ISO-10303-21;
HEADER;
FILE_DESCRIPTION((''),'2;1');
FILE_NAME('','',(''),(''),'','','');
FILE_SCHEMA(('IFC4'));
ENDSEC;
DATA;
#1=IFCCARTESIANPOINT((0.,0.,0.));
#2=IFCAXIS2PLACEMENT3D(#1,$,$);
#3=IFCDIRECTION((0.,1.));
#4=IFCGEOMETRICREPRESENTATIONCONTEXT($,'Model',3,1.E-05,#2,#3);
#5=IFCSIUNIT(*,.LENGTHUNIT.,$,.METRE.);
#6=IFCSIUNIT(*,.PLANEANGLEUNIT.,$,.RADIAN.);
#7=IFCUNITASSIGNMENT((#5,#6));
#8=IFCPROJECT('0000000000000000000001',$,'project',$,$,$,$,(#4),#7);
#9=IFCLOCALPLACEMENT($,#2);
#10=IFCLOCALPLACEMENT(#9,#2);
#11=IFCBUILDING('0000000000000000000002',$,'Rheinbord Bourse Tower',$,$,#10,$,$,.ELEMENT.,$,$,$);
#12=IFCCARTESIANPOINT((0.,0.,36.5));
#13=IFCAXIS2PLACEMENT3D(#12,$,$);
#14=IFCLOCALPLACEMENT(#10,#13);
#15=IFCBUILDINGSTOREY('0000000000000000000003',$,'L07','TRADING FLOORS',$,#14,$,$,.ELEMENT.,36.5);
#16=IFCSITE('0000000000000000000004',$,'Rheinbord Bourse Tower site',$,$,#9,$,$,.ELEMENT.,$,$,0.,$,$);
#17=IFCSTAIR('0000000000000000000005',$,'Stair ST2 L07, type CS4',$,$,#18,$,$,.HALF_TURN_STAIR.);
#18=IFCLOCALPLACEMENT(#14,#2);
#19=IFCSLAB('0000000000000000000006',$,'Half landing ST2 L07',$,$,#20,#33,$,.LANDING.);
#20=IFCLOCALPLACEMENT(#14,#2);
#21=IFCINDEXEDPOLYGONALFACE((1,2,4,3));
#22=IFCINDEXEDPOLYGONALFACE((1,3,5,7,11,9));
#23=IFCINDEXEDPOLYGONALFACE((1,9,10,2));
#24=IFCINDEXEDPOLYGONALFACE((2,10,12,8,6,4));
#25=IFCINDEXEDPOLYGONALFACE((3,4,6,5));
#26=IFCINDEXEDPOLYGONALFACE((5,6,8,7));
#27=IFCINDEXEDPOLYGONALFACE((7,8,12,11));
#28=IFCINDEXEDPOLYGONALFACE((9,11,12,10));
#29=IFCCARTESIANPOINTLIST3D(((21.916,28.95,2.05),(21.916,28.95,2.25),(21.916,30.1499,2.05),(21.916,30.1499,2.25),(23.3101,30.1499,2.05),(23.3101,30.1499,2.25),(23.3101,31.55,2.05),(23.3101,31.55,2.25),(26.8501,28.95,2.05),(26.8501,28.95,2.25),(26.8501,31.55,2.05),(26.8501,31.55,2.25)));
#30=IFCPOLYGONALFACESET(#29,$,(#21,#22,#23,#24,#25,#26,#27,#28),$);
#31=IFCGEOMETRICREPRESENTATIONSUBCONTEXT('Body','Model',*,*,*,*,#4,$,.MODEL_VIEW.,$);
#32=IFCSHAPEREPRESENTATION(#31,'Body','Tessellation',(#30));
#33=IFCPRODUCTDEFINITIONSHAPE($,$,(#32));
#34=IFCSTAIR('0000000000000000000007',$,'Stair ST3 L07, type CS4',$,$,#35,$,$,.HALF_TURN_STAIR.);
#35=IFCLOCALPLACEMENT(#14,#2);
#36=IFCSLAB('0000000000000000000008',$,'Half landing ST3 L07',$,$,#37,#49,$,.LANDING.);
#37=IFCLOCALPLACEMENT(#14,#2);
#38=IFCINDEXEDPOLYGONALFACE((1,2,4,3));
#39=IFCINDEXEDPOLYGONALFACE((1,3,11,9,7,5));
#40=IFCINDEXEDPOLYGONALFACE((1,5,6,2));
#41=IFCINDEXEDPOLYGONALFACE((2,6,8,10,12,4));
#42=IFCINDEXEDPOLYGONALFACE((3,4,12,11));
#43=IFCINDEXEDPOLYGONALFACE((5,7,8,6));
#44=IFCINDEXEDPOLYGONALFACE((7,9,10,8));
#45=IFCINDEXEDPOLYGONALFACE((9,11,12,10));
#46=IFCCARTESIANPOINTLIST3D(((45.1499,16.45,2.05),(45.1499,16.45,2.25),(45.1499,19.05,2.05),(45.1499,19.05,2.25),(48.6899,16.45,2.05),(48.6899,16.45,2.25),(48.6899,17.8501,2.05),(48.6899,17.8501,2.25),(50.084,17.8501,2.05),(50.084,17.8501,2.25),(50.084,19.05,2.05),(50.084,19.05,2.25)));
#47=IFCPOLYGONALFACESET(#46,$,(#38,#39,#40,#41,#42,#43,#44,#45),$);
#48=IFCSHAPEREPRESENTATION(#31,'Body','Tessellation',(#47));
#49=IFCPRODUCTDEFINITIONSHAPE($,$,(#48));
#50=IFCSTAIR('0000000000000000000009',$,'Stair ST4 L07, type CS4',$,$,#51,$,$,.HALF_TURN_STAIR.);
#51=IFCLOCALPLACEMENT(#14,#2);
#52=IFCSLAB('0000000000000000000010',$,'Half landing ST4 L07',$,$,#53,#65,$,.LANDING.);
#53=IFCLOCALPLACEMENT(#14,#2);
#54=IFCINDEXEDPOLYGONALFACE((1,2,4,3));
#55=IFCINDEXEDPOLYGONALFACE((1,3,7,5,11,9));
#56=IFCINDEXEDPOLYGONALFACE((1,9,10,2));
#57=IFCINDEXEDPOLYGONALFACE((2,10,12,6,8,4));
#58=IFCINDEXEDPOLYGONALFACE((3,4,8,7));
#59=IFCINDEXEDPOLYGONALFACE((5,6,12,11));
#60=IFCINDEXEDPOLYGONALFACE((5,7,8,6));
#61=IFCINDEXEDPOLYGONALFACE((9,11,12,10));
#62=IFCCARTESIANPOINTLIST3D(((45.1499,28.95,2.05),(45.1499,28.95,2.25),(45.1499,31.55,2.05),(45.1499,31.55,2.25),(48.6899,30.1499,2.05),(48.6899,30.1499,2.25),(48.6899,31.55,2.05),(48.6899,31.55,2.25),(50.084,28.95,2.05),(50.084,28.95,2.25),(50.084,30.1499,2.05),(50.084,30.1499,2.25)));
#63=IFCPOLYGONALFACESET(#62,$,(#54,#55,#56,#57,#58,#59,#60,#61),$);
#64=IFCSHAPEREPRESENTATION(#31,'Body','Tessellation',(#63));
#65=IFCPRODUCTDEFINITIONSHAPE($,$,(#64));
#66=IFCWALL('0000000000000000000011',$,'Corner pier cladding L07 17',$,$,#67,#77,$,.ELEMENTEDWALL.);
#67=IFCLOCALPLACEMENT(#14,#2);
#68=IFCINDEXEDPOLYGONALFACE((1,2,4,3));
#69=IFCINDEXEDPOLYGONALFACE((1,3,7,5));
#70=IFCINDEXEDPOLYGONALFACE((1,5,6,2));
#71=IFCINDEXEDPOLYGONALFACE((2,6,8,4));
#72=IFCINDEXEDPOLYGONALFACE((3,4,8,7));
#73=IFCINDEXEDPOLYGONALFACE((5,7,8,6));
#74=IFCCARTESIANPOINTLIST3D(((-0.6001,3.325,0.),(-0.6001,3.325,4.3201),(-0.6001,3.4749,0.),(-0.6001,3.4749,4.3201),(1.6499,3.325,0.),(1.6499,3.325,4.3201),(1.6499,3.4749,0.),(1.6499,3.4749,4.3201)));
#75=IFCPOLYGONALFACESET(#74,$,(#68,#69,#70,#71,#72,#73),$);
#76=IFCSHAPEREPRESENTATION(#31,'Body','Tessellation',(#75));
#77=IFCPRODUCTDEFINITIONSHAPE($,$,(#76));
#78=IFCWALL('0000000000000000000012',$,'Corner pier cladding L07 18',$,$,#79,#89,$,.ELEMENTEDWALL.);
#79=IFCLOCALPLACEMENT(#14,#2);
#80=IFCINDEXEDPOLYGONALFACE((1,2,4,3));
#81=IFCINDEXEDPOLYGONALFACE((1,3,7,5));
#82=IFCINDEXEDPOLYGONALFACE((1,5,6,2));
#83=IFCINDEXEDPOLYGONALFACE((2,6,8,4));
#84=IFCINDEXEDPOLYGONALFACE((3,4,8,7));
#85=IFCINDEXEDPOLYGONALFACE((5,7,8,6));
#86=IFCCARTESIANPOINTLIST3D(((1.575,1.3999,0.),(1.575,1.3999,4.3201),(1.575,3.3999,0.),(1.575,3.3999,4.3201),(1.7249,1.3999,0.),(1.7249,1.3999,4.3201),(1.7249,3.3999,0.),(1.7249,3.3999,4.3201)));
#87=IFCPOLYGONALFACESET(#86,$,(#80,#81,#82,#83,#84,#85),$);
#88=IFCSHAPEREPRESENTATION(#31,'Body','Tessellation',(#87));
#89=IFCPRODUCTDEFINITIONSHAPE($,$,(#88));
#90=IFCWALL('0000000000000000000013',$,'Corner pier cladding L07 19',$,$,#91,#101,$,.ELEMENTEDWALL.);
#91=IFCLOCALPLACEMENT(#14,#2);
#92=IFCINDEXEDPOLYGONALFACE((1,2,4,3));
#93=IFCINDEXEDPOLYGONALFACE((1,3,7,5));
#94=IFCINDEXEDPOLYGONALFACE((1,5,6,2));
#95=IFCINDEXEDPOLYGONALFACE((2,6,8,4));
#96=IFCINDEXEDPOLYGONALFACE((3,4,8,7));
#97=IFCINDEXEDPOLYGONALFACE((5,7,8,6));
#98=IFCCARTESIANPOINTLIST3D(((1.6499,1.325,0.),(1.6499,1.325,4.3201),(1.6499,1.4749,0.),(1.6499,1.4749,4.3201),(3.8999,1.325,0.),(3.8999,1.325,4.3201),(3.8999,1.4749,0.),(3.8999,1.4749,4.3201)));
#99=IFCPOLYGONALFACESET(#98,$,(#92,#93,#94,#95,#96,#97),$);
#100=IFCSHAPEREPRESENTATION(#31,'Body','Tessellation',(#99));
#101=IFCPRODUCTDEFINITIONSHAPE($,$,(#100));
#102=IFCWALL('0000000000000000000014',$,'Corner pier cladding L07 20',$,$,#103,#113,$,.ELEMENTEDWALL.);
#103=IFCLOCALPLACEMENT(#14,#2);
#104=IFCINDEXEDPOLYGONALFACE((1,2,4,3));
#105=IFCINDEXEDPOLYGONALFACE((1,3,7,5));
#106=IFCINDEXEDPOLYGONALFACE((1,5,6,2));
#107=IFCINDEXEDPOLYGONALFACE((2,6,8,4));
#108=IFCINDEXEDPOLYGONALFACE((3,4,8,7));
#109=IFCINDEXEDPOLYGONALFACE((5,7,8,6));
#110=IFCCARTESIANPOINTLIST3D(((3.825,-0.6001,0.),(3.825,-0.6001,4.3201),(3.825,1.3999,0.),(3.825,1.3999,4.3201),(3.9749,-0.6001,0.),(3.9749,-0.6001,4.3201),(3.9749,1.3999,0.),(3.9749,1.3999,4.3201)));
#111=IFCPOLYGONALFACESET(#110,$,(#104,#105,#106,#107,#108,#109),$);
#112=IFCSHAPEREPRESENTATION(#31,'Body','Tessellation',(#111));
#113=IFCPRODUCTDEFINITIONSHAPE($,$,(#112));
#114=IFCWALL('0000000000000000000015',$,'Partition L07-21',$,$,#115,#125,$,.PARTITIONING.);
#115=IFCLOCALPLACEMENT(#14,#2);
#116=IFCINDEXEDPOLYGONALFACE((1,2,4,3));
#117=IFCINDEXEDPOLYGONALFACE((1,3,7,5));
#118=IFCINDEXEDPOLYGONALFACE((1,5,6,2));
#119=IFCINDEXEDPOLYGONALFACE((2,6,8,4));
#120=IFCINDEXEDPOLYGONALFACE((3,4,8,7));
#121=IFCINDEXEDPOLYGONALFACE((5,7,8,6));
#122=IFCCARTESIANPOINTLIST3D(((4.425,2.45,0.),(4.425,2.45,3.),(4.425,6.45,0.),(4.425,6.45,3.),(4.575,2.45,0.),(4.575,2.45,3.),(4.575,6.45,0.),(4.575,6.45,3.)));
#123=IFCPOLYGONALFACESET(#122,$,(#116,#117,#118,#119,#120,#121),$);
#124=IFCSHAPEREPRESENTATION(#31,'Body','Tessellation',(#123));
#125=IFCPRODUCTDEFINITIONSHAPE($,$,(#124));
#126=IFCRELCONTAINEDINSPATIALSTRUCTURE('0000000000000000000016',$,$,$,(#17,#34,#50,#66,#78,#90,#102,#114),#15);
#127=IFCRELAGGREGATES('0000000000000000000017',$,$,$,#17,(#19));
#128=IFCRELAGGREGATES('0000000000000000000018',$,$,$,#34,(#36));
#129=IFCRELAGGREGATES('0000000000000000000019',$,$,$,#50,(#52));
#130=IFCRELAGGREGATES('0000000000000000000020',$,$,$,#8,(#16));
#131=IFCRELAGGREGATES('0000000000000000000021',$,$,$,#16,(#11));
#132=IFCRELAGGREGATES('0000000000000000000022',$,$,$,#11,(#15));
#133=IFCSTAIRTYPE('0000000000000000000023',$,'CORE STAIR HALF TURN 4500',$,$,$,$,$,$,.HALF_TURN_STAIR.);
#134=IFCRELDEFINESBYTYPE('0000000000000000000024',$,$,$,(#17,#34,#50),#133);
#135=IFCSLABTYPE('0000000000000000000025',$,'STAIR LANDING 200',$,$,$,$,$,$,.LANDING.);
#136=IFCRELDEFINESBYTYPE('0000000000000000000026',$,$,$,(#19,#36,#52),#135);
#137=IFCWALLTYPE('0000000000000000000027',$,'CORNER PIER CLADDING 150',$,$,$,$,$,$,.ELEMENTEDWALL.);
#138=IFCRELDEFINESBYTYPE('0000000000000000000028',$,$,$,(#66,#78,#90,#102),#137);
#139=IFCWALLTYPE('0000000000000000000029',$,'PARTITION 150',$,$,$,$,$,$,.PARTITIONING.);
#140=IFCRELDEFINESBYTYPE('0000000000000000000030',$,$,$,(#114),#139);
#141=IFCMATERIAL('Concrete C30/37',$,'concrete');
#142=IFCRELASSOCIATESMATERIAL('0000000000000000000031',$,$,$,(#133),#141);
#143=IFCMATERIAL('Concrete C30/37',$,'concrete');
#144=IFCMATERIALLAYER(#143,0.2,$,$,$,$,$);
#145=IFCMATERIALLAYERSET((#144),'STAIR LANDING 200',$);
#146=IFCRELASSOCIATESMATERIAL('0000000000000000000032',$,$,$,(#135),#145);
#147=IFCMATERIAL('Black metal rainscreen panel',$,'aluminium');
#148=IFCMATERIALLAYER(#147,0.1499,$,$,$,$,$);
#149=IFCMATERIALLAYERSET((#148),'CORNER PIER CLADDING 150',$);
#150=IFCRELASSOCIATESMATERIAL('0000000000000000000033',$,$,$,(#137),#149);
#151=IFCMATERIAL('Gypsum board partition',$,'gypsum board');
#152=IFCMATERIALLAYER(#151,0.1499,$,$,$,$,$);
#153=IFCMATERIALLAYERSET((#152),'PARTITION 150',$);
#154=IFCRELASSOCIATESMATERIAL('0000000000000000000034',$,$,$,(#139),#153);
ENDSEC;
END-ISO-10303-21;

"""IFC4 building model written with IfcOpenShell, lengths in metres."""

from ifc_helpers import new_model, si_unit, direction, frame, frame_2d, origin, place, context, subcontext, project, spatial, polyline, rectangle, outline, extrude, material, layer, layer_set, type_object, element, aggregate, save


model = new_model("IFC4")

# Units and contexts
model_context = context("Model", 3, precision=1e-05, world=origin(), true_north=direction((0.0, 1.0)))
body_context = subcontext(model_context, "Body", "Model", "MODEL_VIEW")
ifc_project = project(units=[si_unit("LENGTHUNIT", "METRE"), si_unit("PLANEANGLEUNIT", "RADIAN")], contexts=[model_context])

# Site, building, storey
site_placement = place(None, origin())
site = spatial("IfcSite", under=ifc_project, at=site_placement, Name="Rheinbord Bourse Tower site", CompositionType="ELEMENT", RefElevation=0.0)
building_placement = place(site_placement, origin())
building = spatial("IfcBuilding", under=site, at=building_placement, Name="Rheinbord Bourse Tower", CompositionType="ELEMENT")
storey_placement = place(building_placement, frame((0.0, 0.0, 36.5)))
storey = spatial("IfcBuildingStorey", under=building, at=storey_placement, Name="L07", Description="TRADING FLOORS", CompositionType="ELEMENT", Elevation=36.5)

# Stairs, slabs
ifc_material_1 = material(Name="Concrete C30/37", Category="concrete")
stair_type = type_object("IfcStairType", Name="CORE STAIR HALF TURN 4500", PredefinedType="HALF_TURN_STAIR", material=ifc_material_1)
ifc_material_2 = material(Name="Concrete C30/37", Category="concrete")
ifc_layer_1 = layer(ifc_material_2, 0.2)
ifc_layer_set_1 = layer_set([ifc_layer_1], Name="STAIR LANDING 200")
slab_type_1 = type_object("IfcSlabType", Name="STAIR LANDING 200", PredefinedType="LANDING", material=ifc_layer_set_1)
stair_1_placement = place(storey_placement, origin())
stair_1 = element("IfcStair", 1, at=stair_1_placement, inside=storey, type_object=stair_type, Name="Stair ST2 L07, type CS4", PredefinedType="HALF_TURN_STAIR")
slab_1_placement = place(storey_placement, frame((0.0, 0.0, 2.05)))
slab_1 = element("IfcSlab", 2, at=slab_1_placement, type_object=slab_type_1, Name="Half landing ST2 L07", PredefinedType="LANDING", context=body_context, shape_type="SweptSolid", body=[
    extrude(outline(polyline([(21.916, 28.95), (26.8501, 28.95), (26.8501, 31.55), (23.3101, 31.55), (23.3101, 30.1499), (21.916, 30.1499), (21.916, 28.95)])), origin(), (0.0, 0.0, 1.0), 0.2),
])
aggregate(stair_1, [slab_1])
stair_2_placement = place(storey_placement, origin())
stair_2 = element("IfcStair", 3, at=stair_2_placement, inside=storey, type_object=stair_type, Name="Stair ST3 L07, type CS4", PredefinedType="HALF_TURN_STAIR")
slab_2_placement = place(storey_placement, frame((0.0, 0.0, 2.05)))
slab_2 = element("IfcSlab", 4, at=slab_2_placement, type_object=slab_type_1, Name="Half landing ST3 L07", PredefinedType="LANDING", context=body_context, shape_type="SweptSolid", body=[
    extrude(outline(polyline([(45.1499, 16.45), (48.6899, 16.45), (48.6899, 17.8501), (50.084, 17.8501), (50.084, 19.05), (45.1499, 19.05), (45.1499, 16.45)])), origin(), (0.0, 0.0, 1.0), 0.2),
])
aggregate(stair_2, [slab_2])
stair_3_placement = place(storey_placement, origin())
stair_3 = element("IfcStair", 5, at=stair_3_placement, inside=storey, type_object=stair_type, Name="Stair ST4 L07, type CS4", PredefinedType="HALF_TURN_STAIR")
slab_3_placement = place(storey_placement, frame((0.0, 0.0, 2.05)))
slab_3 = element("IfcSlab", 6, at=slab_3_placement, type_object=slab_type_1, Name="Half landing ST4 L07", PredefinedType="LANDING", context=body_context, shape_type="SweptSolid", body=[
    extrude(outline(polyline([(45.1499, 28.95), (50.084, 28.95), (50.084, 30.1499), (48.6899, 30.1499), (48.6899, 31.55), (45.1499, 31.55), (45.1499, 28.95)])), origin(), (0.0, 0.0, 1.0), 0.2),
])
aggregate(stair_3, [slab_3])

# Walls
ifc_material_3 = material(Name="Black metal rainscreen panel", Category="aluminium")
ifc_layer_2 = layer(ifc_material_3, 0.1499)
ifc_layer_set_2 = layer_set([ifc_layer_2], Name="CORNER PIER CLADDING 150")
wall_type_1 = type_object("IfcWallType", Name="CORNER PIER CLADDING 150", PredefinedType="ELEMENTEDWALL", material=ifc_layer_set_2)
wall_1_placement = place(storey_placement, frame((-0.6001, 3.3999, 0.0), z_axis=(0.0, 0.0, 1.0), x_axis=(1.0, 0.0, 0.0)))
element("IfcWall", 7, at=wall_1_placement, inside=storey, type_object=wall_type_1, Name="Corner pier cladding L07 17", PredefinedType="ELEMENTEDWALL", context=body_context, shape_type="SweptSolid", body=[
    extrude(rectangle(XDim=2.25, YDim=0.1499, at=frame_2d((1.125, 0.0))), origin(), (0.0, 0.0, 1.0), 4.3201),
])
wall_2_placement = place(storey_placement, frame((1.6499, 3.3999, 0.0), z_axis=(0.0, 0.0, 1.0), x_axis=(0.0, -1.0, 0.0)))
element("IfcWall", 8, at=wall_2_placement, inside=storey, type_object=wall_type_1, Name="Corner pier cladding L07 18", PredefinedType="ELEMENTEDWALL", context=body_context, shape_type="SweptSolid", body=[
    extrude(rectangle(XDim=2.0, YDim=0.1499, at=frame_2d((1.0, 0.0))), origin(), (0.0, 0.0, 1.0), 4.3201),
])
wall_3_placement = place(storey_placement, frame((1.6499, 1.3999, 0.0), z_axis=(0.0, 0.0, 1.0), x_axis=(1.0, 0.0, 0.0)))
element("IfcWall", 9, at=wall_3_placement, inside=storey, type_object=wall_type_1, Name="Corner pier cladding L07 19", PredefinedType="ELEMENTEDWALL", context=body_context, shape_type="SweptSolid", body=[
    extrude(rectangle(XDim=2.25, YDim=0.1499, at=frame_2d((1.125, 0.0))), origin(), (0.0, 0.0, 1.0), 4.3201),
])
wall_4_placement = place(storey_placement, frame((3.8999, 1.3999, 0.0), z_axis=(0.0, 0.0, 1.0), x_axis=(0.0, -1.0, 0.0)))
element("IfcWall", 10, at=wall_4_placement, inside=storey, type_object=wall_type_1, Name="Corner pier cladding L07 20", PredefinedType="ELEMENTEDWALL", context=body_context, shape_type="SweptSolid", body=[
    extrude(rectangle(XDim=2.0, YDim=0.1499, at=frame_2d((1.0, 0.0))), origin(), (0.0, 0.0, 1.0), 4.3201),
])
ifc_material_4 = material(Name="Gypsum board partition", Category="gypsum board")
ifc_layer_3 = layer(ifc_material_4, 0.1499)
ifc_layer_set_3 = layer_set([ifc_layer_3], Name="PARTITION 150")
wall_type_2 = type_object("IfcWallType", Name="PARTITION 150", PredefinedType="PARTITIONING", material=ifc_layer_set_3)
wall_5_placement = place(storey_placement, frame((4.5, 2.45, 0.0), z_axis=(0.0, 0.0, 1.0), x_axis=(0.0, 1.0, 0.0)))
element("IfcWall", 11, at=wall_5_placement, inside=storey, type_object=wall_type_2, Name="Partition L07-21", PredefinedType="PARTITIONING", context=body_context, shape_type="SweptSolid", body=[
    extrude(rectangle(XDim=4.0, YDim=0.1499, at=frame_2d((2.0, 0.0))), origin(), (0.0, 0.0, 1.0), 3.0),
])

save(model, "model.ifc")
